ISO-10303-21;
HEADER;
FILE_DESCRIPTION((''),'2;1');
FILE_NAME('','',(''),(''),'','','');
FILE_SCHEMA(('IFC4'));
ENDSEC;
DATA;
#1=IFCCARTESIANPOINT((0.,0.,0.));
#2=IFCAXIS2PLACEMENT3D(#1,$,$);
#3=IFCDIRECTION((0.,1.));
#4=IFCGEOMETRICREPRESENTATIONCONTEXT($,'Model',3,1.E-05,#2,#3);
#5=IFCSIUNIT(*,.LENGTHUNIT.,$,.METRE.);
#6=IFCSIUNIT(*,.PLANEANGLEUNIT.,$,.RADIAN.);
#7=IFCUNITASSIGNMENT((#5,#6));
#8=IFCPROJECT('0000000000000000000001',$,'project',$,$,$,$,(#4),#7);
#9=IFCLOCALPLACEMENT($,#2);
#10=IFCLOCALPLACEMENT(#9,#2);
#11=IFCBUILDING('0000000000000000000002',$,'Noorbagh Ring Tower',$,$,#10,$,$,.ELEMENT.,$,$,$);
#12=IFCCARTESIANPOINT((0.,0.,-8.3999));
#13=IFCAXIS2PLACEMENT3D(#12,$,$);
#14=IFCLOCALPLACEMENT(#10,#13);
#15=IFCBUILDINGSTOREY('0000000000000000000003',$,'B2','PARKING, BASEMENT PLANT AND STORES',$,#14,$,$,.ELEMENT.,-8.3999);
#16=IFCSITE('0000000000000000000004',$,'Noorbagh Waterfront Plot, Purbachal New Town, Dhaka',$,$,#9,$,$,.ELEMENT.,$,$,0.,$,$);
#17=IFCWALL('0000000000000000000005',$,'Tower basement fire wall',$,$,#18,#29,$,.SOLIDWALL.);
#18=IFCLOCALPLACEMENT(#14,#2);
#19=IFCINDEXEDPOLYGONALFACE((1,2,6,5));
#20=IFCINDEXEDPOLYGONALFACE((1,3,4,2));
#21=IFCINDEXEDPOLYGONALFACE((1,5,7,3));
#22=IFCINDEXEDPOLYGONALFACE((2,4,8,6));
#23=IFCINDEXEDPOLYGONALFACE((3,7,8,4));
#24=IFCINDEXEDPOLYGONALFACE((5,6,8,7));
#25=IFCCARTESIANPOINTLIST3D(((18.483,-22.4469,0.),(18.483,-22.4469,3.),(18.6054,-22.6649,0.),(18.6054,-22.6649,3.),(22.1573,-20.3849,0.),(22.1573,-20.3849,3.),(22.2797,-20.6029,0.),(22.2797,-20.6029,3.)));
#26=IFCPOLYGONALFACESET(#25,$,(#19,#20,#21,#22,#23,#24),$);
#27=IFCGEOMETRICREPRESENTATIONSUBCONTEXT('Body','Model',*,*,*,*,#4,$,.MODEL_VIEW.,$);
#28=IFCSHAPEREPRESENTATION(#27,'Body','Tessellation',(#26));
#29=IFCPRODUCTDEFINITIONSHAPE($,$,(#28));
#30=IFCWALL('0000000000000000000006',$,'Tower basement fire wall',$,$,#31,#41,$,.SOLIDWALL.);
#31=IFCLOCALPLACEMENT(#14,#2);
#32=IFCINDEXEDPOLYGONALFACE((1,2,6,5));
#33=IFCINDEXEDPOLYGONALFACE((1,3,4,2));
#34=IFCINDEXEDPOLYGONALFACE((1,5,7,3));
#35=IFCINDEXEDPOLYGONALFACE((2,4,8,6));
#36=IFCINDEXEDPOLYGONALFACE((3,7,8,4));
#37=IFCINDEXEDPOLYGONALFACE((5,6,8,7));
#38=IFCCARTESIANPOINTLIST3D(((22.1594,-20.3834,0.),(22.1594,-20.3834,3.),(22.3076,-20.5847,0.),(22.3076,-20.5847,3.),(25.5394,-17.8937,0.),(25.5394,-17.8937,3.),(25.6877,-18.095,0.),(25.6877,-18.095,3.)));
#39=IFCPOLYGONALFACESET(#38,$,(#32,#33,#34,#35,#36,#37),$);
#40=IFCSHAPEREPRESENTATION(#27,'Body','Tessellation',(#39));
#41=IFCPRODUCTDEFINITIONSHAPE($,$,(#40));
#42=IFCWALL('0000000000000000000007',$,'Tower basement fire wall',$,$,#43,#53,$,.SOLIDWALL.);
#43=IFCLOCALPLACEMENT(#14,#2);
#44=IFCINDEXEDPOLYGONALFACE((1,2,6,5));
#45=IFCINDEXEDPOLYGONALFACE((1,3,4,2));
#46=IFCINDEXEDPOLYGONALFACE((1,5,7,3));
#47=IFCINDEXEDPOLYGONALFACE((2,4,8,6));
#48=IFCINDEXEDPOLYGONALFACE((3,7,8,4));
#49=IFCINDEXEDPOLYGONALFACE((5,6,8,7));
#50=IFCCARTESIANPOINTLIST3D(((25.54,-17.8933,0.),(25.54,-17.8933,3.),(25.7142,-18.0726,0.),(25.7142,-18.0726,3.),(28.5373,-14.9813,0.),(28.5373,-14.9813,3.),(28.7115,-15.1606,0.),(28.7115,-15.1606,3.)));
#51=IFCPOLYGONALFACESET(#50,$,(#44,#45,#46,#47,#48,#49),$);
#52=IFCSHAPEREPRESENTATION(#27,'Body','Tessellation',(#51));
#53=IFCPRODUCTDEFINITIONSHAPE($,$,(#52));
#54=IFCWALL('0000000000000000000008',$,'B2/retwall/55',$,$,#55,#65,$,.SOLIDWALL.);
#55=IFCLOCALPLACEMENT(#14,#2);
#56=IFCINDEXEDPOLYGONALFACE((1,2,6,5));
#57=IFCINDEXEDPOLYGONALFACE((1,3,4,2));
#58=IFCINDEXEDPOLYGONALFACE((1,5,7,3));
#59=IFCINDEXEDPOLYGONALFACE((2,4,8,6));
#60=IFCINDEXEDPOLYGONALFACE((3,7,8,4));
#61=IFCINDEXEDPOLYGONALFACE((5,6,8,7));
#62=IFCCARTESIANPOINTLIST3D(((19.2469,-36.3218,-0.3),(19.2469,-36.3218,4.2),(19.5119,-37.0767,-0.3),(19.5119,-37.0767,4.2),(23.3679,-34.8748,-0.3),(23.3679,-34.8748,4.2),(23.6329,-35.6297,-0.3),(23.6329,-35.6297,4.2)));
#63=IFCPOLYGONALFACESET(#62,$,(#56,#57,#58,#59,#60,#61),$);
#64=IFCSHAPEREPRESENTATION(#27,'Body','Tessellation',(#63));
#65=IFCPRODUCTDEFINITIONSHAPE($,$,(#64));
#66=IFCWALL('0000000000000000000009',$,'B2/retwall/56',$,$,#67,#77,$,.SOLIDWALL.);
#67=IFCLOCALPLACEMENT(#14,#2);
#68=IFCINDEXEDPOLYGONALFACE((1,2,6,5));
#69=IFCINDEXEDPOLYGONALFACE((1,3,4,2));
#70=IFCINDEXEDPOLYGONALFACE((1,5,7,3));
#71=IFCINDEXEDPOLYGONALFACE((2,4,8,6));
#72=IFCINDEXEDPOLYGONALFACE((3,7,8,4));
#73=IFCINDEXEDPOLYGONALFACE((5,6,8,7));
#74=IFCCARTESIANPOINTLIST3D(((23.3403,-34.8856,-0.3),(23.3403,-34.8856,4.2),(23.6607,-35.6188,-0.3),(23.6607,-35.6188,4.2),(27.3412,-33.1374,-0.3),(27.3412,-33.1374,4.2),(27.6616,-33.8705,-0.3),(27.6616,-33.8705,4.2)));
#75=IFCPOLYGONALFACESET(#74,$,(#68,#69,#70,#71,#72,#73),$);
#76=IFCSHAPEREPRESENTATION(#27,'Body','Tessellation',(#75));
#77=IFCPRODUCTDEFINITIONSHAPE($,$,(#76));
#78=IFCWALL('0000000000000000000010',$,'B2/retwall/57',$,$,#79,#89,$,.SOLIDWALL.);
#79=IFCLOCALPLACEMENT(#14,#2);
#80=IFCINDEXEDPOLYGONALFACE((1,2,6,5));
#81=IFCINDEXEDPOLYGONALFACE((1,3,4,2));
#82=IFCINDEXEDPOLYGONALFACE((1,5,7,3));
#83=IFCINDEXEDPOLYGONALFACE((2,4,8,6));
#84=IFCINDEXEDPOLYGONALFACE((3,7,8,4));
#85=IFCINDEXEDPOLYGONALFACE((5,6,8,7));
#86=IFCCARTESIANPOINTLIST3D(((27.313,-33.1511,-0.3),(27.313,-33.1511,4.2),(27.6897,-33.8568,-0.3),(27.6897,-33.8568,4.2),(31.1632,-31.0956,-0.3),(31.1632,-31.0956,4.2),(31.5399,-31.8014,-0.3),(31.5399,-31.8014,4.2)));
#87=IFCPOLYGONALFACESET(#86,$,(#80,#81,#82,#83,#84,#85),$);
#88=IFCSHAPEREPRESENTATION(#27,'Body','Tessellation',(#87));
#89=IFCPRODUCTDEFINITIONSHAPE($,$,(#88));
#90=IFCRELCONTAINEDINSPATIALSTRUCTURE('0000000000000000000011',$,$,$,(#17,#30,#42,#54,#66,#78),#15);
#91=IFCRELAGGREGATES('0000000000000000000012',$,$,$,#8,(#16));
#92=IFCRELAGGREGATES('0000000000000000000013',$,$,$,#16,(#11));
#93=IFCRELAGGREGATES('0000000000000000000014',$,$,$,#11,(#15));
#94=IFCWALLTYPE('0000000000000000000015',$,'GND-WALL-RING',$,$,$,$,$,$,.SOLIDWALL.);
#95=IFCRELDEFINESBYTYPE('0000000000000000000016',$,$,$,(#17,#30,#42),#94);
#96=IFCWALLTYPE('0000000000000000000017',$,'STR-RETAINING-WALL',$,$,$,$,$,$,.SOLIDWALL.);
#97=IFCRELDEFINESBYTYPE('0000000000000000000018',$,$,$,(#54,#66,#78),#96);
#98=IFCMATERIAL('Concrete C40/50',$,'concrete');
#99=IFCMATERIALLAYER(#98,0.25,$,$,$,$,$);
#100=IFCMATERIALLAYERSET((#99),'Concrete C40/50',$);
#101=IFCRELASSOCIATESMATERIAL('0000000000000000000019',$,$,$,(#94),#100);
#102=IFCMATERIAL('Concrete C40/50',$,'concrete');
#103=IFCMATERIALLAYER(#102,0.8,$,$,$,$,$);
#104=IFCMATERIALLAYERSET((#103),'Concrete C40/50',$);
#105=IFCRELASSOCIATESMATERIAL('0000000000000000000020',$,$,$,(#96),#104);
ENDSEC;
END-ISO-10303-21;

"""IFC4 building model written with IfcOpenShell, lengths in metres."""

from ifc_helpers import new_model, si_unit, direction, frame, frame_2d, origin, place, context, subcontext, project, spatial, rectangle, extrude, material, layer, layer_set, type_object, element, save


model = new_model("IFC4")

# Units and contexts
model_context = context("Model", 3, precision=1e-05, world=origin(), true_north=direction((0.0, 1.0)))
body_context = subcontext(model_context, "Body", "Model", "MODEL_VIEW")
ifc_project = project(units=[si_unit("LENGTHUNIT", "METRE"), si_unit("PLANEANGLEUNIT", "RADIAN")], contexts=[model_context])

# Site, building, storey
site_placement = place(None, origin())
site = spatial("IfcSite", under=ifc_project, at=site_placement, Name="Noorbagh Waterfront Plot, Purbachal New Town, Dhaka", CompositionType="ELEMENT", RefElevation=0.0)
building_placement = place(site_placement, origin())
building = spatial("IfcBuilding", under=site, at=building_placement, Name="Noorbagh Ring Tower", CompositionType="ELEMENT")
storey_placement = place(building_placement, frame((0.0, 0.0, -8.3999)))
storey = spatial("IfcBuildingStorey", under=building, at=storey_placement, Name="B2", Description="PARKING, BASEMENT PLANT AND STORES", CompositionType="ELEMENT", Elevation=-8.3999)

# Walls
ifc_material_1 = material(Name="Concrete C40/50", Category="concrete")
ifc_layer_1 = layer(ifc_material_1, 0.25)
ifc_layer_set_1 = layer_set([ifc_layer_1], Name="Concrete C40/50")
wall_type_1 = type_object("IfcWallType", Name="GND-WALL-RING", PredefinedType="SOLIDWALL", material=ifc_layer_set_1)
wall_1_placement = place(storey_placement, frame((18.5442, -22.5559, 0.0), z_axis=(0.0, 0.0, 1.0), x_axis=(0.872061, 0.489397, 0.0)))
element("IfcWall", 1, at=wall_1_placement, inside=storey, type_object=wall_type_1, Name="Tower basement fire wall", PredefinedType="SOLIDWALL", context=body_context, shape_type="SweptSolid", body=[
    extrude(rectangle(XDim=4.2134, YDim=0.25, at=frame_2d((2.1067, 0.0))), origin(), (0.0, 0.0, 1.0), 3.0),
])
wall_2_placement = place(storey_placement, frame((22.2334, -20.4841, 0.0), z_axis=(0.0, 0.0, 1.0), x_axis=(0.805155, 0.593064, 0.0)))
element("IfcWall", 2, at=wall_2_placement, inside=storey, type_object=wall_type_1, Name="Tower basement fire wall", PredefinedType="SOLIDWALL", context=body_context, shape_type="SweptSolid", body=[
    extrude(rectangle(XDim=4.198, YDim=0.25, at=frame_2d((2.0991, 0.0))), origin(), (0.0, 0.0, 1.0), 3.0),
])
wall_3_placement = place(storey_placement, frame((25.6272, -17.9829, 0.0), z_axis=(0.0, 0.0, 1.0), x_axis=(0.717228, 0.696839, 0.0)))
element("IfcWall", 3, at=wall_3_placement, inside=storey, type_object=wall_type_1, Name="Tower basement fire wall", PredefinedType="SOLIDWALL", context=body_context, shape_type="SweptSolid", body=[
    extrude(rectangle(XDim=4.179, YDim=0.25, at=frame_2d((2.0894, 0.0))), origin(), (0.0, 0.0, 1.0), 3.0),
])
ifc_material_2 = material(Name="Concrete C40/50", Category="concrete")
ifc_layer_2 = layer(ifc_material_2, 0.8)
ifc_layer_set_2 = layer_set([ifc_layer_2], Name="Concrete C40/50")
wall_type_2 = type_object("IfcWallType", Name="STR-RETAINING-WALL", PredefinedType="SOLIDWALL", material=ifc_layer_set_2)
wall_4_placement = place(storey_placement, frame((19.3794, -36.6992, -0.3), z_axis=(0.0, 0.0, 1.0), x_axis=(0.943527, 0.331296, 0.0)))
element("IfcWall", 4, at=wall_4_placement, inside=storey, type_object=wall_type_2, Name="B2/retwall/55", PredefinedType="SOLIDWALL", context=body_context, shape_type="SweptSolid", body=[
    extrude(rectangle(XDim=4.3677, YDim=0.8, at=frame_2d((2.1838, 0.0))), origin(), (0.0, 0.0, 1.0), 4.5),
])
wall_5_placement = place(storey_placement, frame((23.5005, -35.2522, -0.3), z_axis=(0.0, 0.0, 1.0), x_axis=(0.916337, 0.400408, 0.0)))
element("IfcWall", 5, at=wall_5_placement, inside=storey, type_object=wall_type_2, Name="B2/retwall/56", PredefinedType="SOLIDWALL", context=body_context, shape_type="SweptSolid", body=[
    extrude(rectangle(XDim=4.3662, YDim=0.8, at=frame_2d((2.1831, 0.0))), origin(), (0.0, 0.0, 1.0), 4.5),
])
wall_6_placement = place(storey_placement, frame((27.5015, -33.5039, -0.3), z_axis=(0.0, 0.0, 1.0), x_axis=(0.882159, 0.470951, 0.0)))
element("IfcWall", 6, at=wall_6_placement, inside=storey, type_object=wall_type_2, Name="B2/retwall/57", PredefinedType="SOLIDWALL", context=body_context, shape_type="SweptSolid", body=[
    extrude(rectangle(XDim=4.3645, YDim=0.8, at=frame_2d((2.1821, 0.0))), origin(), (0.0, 0.0, 1.0), 4.5),
])

save(model, "model.ifc")
